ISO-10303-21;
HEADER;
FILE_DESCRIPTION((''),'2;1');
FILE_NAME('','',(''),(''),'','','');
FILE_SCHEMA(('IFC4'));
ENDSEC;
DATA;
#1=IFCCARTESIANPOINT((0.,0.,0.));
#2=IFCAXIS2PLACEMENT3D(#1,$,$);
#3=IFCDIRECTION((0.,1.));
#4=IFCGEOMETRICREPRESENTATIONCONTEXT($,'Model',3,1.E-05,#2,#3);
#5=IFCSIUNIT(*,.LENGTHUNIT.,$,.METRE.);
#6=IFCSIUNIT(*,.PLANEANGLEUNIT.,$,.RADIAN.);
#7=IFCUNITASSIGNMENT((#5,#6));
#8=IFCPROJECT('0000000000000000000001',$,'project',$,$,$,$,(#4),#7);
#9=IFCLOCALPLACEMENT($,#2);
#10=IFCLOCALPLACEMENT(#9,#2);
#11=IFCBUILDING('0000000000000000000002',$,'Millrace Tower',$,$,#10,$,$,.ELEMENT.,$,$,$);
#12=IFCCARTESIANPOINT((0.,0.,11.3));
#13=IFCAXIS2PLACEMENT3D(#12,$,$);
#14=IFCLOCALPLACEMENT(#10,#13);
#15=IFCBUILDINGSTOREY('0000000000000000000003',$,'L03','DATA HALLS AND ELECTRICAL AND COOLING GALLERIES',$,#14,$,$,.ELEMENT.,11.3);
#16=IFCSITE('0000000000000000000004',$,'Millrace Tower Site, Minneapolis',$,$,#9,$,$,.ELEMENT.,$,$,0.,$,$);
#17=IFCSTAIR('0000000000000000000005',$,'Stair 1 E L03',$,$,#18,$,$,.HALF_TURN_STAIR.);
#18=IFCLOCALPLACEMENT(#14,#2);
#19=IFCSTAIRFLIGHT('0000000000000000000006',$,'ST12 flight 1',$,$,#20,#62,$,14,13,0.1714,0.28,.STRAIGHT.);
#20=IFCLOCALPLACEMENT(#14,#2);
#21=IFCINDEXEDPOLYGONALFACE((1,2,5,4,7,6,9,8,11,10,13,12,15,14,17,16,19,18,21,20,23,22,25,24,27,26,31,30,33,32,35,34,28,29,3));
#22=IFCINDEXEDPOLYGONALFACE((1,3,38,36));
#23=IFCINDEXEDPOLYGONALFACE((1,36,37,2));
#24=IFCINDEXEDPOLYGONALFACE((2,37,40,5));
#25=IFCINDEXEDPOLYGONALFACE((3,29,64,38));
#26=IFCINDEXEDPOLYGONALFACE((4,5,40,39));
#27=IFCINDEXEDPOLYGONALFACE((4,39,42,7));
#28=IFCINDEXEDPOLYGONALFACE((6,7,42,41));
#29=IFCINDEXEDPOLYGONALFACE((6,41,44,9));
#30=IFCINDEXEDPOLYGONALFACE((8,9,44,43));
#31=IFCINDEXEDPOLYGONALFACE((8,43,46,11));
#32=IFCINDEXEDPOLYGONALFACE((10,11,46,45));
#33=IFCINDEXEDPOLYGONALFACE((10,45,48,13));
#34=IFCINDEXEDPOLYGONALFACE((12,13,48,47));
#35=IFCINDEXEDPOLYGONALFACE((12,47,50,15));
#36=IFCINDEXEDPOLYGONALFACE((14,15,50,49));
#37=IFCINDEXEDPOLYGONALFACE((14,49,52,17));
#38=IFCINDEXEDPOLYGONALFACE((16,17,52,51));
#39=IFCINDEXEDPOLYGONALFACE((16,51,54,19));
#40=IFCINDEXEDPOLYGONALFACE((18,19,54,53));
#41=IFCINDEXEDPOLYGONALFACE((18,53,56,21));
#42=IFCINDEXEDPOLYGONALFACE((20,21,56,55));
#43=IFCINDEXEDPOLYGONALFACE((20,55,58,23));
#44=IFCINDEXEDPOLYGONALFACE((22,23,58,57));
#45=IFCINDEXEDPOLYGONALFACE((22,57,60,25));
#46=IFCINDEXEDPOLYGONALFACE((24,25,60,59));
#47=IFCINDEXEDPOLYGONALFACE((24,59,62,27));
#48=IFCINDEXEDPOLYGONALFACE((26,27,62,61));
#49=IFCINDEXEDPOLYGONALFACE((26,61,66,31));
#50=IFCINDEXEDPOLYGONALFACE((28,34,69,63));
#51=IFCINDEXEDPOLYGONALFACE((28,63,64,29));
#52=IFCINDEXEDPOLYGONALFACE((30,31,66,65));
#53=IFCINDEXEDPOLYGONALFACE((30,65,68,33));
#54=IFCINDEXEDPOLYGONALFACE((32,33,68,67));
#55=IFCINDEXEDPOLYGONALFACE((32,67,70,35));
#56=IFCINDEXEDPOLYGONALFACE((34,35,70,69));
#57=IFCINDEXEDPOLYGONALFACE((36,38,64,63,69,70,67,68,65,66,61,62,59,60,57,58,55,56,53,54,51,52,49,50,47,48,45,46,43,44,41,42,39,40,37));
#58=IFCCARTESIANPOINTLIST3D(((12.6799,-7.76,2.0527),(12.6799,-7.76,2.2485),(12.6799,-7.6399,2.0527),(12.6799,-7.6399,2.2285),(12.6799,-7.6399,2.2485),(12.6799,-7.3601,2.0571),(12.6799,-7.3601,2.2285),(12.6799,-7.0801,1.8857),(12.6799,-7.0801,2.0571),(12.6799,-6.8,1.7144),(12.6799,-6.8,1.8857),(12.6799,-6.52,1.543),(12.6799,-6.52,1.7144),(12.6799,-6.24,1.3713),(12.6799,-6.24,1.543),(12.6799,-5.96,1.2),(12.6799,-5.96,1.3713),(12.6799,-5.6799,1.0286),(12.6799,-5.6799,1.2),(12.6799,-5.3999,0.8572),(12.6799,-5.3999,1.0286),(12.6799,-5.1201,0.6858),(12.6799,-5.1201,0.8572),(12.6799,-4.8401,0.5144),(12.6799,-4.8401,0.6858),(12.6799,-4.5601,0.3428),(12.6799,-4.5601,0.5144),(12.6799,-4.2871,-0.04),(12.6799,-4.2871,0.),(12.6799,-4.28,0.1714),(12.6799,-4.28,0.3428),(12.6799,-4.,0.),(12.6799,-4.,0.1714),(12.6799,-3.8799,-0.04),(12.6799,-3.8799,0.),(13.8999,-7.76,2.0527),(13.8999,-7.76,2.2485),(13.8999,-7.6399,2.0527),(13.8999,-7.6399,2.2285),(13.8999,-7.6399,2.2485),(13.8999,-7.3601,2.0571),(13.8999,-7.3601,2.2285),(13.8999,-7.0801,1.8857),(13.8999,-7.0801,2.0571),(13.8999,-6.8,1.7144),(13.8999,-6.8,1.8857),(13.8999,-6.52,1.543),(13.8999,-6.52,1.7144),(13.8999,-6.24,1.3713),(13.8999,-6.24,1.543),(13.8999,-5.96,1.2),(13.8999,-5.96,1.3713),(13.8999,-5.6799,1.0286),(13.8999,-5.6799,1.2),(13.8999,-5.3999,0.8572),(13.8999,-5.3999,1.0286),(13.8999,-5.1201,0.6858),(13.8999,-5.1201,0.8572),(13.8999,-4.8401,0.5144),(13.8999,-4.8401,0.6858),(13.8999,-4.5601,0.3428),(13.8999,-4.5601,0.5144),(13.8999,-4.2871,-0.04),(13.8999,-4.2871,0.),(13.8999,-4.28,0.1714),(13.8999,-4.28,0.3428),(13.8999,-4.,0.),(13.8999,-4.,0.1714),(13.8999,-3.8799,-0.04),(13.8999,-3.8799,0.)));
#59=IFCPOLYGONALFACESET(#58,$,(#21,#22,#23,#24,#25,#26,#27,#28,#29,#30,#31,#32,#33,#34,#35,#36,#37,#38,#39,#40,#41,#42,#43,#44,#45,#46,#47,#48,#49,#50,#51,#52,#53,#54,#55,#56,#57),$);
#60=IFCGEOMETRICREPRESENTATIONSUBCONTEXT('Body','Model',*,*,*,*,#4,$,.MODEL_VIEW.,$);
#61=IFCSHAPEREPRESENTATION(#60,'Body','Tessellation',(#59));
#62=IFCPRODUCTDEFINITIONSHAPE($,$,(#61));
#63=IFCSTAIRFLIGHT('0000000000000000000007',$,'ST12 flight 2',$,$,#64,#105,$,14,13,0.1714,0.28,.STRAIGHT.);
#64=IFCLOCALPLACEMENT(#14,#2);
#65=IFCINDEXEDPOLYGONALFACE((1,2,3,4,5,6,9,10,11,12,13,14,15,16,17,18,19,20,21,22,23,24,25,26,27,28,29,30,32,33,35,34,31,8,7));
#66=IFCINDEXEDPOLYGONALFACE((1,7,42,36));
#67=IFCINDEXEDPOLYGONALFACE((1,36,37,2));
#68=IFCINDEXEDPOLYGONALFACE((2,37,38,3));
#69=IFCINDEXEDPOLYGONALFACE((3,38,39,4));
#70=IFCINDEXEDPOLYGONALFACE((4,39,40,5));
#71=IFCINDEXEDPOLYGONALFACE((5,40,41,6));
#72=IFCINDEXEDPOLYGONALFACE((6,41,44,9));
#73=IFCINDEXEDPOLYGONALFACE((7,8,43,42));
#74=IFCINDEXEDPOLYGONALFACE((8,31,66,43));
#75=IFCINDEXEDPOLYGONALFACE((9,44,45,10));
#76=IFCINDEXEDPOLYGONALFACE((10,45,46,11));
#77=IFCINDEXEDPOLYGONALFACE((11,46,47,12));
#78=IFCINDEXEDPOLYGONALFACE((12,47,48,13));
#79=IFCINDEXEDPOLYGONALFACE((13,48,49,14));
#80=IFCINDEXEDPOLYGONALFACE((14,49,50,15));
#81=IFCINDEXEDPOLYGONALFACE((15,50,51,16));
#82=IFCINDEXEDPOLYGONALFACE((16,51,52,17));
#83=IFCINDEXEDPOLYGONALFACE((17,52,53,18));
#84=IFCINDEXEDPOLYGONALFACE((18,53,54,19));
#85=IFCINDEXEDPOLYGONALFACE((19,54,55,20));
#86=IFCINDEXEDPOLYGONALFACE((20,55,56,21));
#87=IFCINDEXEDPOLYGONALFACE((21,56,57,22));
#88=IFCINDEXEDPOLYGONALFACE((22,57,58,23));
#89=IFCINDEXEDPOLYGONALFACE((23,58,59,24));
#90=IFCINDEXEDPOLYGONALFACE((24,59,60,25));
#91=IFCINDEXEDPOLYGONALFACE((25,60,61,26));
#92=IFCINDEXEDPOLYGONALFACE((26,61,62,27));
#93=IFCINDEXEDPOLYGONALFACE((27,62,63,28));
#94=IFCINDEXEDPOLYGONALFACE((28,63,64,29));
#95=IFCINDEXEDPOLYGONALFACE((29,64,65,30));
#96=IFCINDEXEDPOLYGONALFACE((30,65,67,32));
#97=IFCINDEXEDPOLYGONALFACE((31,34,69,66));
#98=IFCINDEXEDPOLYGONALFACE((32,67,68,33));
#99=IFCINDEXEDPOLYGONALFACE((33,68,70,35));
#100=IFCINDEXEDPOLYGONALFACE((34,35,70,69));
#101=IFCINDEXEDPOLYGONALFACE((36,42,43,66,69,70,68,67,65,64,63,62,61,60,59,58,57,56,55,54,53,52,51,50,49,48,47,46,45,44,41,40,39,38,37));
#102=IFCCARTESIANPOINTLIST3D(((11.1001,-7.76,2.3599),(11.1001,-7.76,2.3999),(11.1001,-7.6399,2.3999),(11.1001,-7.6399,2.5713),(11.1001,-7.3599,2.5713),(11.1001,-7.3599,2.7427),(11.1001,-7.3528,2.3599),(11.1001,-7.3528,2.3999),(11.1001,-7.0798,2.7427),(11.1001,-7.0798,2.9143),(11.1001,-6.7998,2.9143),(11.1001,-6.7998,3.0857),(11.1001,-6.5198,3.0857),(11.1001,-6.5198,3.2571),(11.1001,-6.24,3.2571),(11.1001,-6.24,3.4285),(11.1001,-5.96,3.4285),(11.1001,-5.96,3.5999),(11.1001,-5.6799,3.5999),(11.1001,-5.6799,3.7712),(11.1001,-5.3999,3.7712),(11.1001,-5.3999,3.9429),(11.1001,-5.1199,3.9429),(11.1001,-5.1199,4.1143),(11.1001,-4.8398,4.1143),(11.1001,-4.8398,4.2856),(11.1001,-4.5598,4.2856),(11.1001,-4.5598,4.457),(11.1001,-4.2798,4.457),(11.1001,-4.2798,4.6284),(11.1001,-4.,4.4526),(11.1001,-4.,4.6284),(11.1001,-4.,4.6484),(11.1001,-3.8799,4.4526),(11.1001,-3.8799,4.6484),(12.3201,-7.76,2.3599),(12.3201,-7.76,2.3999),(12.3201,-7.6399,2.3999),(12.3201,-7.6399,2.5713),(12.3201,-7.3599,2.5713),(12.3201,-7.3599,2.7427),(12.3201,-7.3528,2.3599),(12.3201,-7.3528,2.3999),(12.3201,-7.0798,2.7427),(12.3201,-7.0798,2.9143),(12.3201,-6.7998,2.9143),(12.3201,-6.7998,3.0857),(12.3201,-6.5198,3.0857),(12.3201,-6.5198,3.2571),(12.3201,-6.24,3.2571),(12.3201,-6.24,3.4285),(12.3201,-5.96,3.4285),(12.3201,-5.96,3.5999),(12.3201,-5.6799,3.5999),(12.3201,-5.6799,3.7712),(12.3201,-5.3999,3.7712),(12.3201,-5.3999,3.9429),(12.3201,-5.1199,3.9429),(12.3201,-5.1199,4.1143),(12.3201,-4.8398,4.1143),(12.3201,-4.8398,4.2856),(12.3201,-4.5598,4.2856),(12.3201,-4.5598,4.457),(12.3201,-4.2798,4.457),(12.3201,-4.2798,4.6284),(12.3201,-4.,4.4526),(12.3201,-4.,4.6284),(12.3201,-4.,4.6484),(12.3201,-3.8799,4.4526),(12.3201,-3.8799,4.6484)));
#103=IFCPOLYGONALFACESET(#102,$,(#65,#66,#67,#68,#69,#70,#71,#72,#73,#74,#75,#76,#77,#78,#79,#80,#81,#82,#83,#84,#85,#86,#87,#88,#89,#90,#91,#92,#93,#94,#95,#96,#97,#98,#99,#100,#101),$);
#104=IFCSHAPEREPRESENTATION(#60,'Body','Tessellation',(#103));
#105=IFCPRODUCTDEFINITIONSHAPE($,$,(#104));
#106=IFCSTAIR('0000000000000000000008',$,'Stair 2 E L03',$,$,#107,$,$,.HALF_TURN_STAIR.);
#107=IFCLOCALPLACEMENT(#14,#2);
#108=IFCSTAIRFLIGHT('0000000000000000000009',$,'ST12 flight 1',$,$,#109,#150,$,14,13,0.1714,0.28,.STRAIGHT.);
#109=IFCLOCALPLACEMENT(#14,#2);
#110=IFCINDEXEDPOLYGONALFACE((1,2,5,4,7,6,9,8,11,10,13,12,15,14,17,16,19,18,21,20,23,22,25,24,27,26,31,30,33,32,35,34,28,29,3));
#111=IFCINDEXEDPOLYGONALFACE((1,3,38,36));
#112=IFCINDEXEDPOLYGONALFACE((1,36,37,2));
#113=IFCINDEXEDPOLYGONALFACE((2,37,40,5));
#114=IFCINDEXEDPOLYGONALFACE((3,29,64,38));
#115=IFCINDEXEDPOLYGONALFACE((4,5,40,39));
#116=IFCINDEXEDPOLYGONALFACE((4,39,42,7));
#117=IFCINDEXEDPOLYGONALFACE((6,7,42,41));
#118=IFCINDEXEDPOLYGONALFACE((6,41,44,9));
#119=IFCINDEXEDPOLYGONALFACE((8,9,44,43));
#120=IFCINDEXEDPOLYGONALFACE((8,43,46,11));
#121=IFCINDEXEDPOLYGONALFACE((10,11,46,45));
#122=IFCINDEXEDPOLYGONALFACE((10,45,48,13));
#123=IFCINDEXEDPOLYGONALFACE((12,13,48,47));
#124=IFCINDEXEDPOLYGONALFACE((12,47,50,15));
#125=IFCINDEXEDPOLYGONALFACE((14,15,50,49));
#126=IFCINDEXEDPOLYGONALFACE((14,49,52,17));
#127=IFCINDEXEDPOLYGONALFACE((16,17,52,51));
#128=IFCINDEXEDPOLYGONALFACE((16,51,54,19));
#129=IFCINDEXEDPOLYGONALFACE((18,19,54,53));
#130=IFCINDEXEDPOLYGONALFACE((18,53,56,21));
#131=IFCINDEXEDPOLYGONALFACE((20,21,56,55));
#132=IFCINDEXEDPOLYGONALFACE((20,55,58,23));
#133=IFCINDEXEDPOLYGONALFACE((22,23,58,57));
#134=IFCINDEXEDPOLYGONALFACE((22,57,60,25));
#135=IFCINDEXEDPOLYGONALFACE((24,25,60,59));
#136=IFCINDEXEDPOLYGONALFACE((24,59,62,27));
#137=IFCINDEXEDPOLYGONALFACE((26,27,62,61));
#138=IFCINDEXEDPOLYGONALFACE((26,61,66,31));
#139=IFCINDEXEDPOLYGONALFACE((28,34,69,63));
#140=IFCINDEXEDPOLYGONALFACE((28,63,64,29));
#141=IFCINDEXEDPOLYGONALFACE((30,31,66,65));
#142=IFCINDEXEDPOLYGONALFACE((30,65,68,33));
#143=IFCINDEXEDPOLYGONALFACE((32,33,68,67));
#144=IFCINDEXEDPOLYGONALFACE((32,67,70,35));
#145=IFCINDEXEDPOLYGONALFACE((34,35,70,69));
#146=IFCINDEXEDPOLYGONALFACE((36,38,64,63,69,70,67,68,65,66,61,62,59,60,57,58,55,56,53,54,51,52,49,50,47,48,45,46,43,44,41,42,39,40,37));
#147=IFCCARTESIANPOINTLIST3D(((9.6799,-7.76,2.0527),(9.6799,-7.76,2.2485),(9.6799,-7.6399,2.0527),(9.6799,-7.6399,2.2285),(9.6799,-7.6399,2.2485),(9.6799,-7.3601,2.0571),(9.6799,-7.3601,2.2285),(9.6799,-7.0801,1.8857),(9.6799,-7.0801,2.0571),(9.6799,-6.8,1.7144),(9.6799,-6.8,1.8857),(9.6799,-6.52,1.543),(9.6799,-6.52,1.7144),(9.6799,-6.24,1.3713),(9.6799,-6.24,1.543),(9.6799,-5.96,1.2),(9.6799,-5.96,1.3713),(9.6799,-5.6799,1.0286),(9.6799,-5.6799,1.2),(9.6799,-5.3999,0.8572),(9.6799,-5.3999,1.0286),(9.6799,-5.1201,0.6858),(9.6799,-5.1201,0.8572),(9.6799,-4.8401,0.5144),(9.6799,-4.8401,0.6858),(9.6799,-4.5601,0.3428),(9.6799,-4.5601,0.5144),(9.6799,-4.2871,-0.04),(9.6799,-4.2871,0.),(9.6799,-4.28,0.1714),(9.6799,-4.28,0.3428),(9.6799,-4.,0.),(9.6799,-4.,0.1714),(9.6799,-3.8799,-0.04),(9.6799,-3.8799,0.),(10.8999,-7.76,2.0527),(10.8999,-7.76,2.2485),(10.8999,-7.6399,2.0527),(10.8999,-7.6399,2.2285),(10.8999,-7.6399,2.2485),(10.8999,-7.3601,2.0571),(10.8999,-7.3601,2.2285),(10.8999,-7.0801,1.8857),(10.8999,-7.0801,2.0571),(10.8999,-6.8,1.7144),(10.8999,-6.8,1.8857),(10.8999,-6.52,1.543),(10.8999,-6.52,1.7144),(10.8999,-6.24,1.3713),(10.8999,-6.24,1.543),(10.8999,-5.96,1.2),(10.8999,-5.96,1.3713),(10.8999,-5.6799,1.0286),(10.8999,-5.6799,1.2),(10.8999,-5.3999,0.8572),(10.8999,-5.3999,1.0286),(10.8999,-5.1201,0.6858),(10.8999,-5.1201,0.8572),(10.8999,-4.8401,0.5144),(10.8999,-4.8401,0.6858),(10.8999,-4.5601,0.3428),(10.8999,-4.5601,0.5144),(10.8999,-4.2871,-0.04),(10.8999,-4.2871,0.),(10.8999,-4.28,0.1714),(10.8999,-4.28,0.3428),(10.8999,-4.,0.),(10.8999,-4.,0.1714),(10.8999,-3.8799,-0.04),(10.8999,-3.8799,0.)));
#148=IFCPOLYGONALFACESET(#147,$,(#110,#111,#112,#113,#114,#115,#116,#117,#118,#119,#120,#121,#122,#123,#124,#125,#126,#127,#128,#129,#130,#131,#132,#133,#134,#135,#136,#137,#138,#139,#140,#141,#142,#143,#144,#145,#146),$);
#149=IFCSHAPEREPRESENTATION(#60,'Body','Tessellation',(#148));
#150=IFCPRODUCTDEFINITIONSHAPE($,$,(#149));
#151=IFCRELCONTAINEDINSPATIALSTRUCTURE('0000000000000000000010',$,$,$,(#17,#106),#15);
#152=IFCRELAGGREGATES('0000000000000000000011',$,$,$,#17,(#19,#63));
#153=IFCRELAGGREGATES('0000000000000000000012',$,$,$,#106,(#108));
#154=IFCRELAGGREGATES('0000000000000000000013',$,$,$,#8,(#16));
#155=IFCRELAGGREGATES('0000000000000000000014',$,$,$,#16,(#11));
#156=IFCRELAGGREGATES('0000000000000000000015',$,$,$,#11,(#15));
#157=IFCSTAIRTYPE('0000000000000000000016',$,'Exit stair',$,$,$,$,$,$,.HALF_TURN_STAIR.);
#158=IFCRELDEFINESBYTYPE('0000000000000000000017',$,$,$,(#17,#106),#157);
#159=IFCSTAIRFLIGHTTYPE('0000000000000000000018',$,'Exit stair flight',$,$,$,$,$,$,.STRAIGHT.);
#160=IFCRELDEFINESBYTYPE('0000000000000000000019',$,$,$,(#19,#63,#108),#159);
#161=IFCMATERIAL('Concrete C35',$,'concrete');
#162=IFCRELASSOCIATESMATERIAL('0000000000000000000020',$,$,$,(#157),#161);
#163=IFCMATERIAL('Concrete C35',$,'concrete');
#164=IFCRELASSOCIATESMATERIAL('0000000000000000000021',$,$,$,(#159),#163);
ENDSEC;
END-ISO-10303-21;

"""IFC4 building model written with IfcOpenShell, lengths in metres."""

from ifc_helpers import new_model, si_unit, direction, frame, origin, place, context, subcontext, project, spatial, polyline, outline, extrude, material, type_object, element, aggregate, save


model = new_model("IFC4")

# Units and contexts
model_context = context("Model", 3, precision=1e-05, world=origin(), true_north=direction((0.0, 1.0)))
body_context = subcontext(model_context, "Body", "Model", "MODEL_VIEW")
ifc_project = project(units=[si_unit("LENGTHUNIT", "METRE"), si_unit("PLANEANGLEUNIT", "RADIAN")], contexts=[model_context])

# Site, building, storey
site_placement = place(None, origin())
site = spatial("IfcSite", under=ifc_project, at=site_placement, Name="Millrace Tower Site, Minneapolis", CompositionType="ELEMENT", RefElevation=0.0)
building_placement = place(site_placement, origin())
building = spatial("IfcBuilding", under=site, at=building_placement, Name="Millrace Tower", CompositionType="ELEMENT")
storey_placement = place(building_placement, frame((0.0, 0.0, 11.3)))
storey = spatial("IfcBuildingStorey", under=building, at=storey_placement, Name="L03", Description="DATA HALLS AND ELECTRICAL AND COOLING GALLERIES", CompositionType="ELEMENT", Elevation=11.3)

# Shared definitions
placement = place(storey_placement, origin())

# Stairs, stair flights
ifc_material_1 = material(Name="Concrete C35", Category="concrete")
stair_type = type_object("IfcStairType", Name="Exit stair", PredefinedType="HALF_TURN_STAIR", material=ifc_material_1)
stair_1 = element("IfcStair", 1, at=placement, inside=storey, type_object=stair_type, Name="Stair 1 E L03", PredefinedType="HALF_TURN_STAIR")
ifc_material_2 = material(Name="Concrete C35", Category="concrete")
stair_flight_type = type_object("IfcStairFlightType", Name="Exit stair flight", PredefinedType="STRAIGHT", material=ifc_material_2)
stair_flight_1_placement = place(storey_placement, frame((13.29, -4.0, 0.0), z_axis=(0.0, 0.0, 1.0), x_axis=(0.0, -1.0, 0.0)))
stair_flight_1 = element("IfcStairFlight", 2, at=stair_flight_1_placement, type_object=stair_flight_type, Name="ST12 flight 1", NumberOfRisers=14, NumberOfTreads=13, PredefinedType="STRAIGHT", RiserHeight=0.1714, TreadLength=0.28, context=body_context, shape_type="SweptSolid", body=[
    extrude(outline(polyline([(-0.1201, -0.04), (-0.1201, 0.0), (0.0, 0.0), (0.0, 0.1714), (0.28, 0.1714), (0.28, 0.3428), (0.5601, 0.3428), (0.5601, 0.5144), (0.8401, 0.5144), (0.8401, 0.6858), (1.1201, 0.6858), (1.1201, 0.8572), (1.3999, 0.8572), (1.3999, 1.0286), (1.6799, 1.0286), (1.6799, 1.2), (1.96, 1.2), (1.96, 1.3713), (2.24, 1.3713), (2.24, 1.543), (2.52, 1.543), (2.52, 1.7144), (2.8, 1.7144), (2.8, 1.8857), (3.0801, 1.8857), (3.0801, 2.0571), (3.3601, 2.0571), (3.3601, 2.2285), (3.6399, 2.2285), (3.6399, 2.2485), (3.76, 2.2485), (3.76, 2.0527), (3.6399, 2.0527), (0.2871, 0.0), (0.2871, -0.04), (-0.1201, -0.04)])), frame((0.0, 0.6099, 0.0), z_axis=(0.0, -1.0, 0.0), x_axis=(1.0, 0.0, 0.0)), (0.0, 0.0, 1.0), 1.22),
])
stair_flight_2_placement = place(storey_placement, frame((11.71, -7.6399, 2.3999), z_axis=(0.0, 0.0, 1.0), x_axis=(0.0, 1.0, 0.0)))
stair_flight_2 = element("IfcStairFlight", 3, at=stair_flight_2_placement, type_object=stair_flight_type, Name="ST12 flight 2", NumberOfRisers=14, NumberOfTreads=13, PredefinedType="STRAIGHT", RiserHeight=0.1714, TreadLength=0.28, context=body_context, shape_type="SweptSolid", body=[
    extrude(outline(polyline([(-0.1201, -0.04), (-0.1201, 0.0), (0.0, 0.0), (0.0, 0.1714), (0.28, 0.1714), (0.28, 0.3428), (0.5601, 0.3428), (0.5601, 0.5144), (0.8401, 0.5144), (0.8401, 0.6858), (1.1201, 0.6858), (1.1201, 0.8572), (1.3999, 0.8572), (1.3999, 1.0286), (1.6799, 1.0286), (1.6799, 1.2), (1.96, 1.2), (1.96, 1.3713), (2.24, 1.3713), (2.24, 1.543), (2.52, 1.543), (2.52, 1.7144), (2.8, 1.7144), (2.8, 1.8857), (3.0801, 1.8857), (3.0801, 2.0571), (3.3601, 2.0571), (3.3601, 2.2285), (3.6399, 2.2285), (3.6399, 2.2485), (3.76, 2.2485), (3.76, 2.0527), (3.6399, 2.0527), (0.2871, 0.0), (0.2871, -0.04), (-0.1201, -0.04)])), frame((0.0, 0.6099, 0.0), z_axis=(0.0, -1.0, 0.0), x_axis=(1.0, 0.0, 0.0)), (0.0, 0.0, 1.0), 1.22),
])
aggregate(stair_1, [stair_flight_1, stair_flight_2])
stair_2 = element("IfcStair", 4, at=placement, inside=storey, type_object=stair_type, Name="Stair 2 E L03", PredefinedType="HALF_TURN_STAIR")
stair_flight_3_placement = place(storey_placement, frame((10.29, -4.0, 0.0), z_axis=(0.0, 0.0, 1.0), x_axis=(0.0, -1.0, 0.0)))
stair_flight_3 = element("IfcStairFlight", 5, at=stair_flight_3_placement, type_object=stair_flight_type, Name="ST12 flight 1", NumberOfRisers=14, NumberOfTreads=13, PredefinedType="STRAIGHT", RiserHeight=0.1714, TreadLength=0.28, context=body_context, shape_type="SweptSolid", body=[
    extrude(outline(polyline([(-0.1201, -0.04), (-0.1201, 0.0), (0.0, 0.0), (0.0, 0.1714), (0.28, 0.1714), (0.28, 0.3428), (0.5601, 0.3428), (0.5601, 0.5144), (0.8401, 0.5144), (0.8401, 0.6858), (1.1201, 0.6858), (1.1201, 0.8572), (1.3999, 0.8572), (1.3999, 1.0286), (1.6799, 1.0286), (1.6799, 1.2), (1.96, 1.2), (1.96, 1.3713), (2.24, 1.3713), (2.24, 1.543), (2.52, 1.543), (2.52, 1.7144), (2.8, 1.7144), (2.8, 1.8857), (3.0801, 1.8857), (3.0801, 2.0571), (3.3601, 2.0571), (3.3601, 2.2285), (3.6399, 2.2285), (3.6399, 2.2485), (3.76, 2.2485), (3.76, 2.0527), (3.6399, 2.0527), (0.2871, 0.0), (0.2871, -0.04), (-0.1201, -0.04)])), frame((0.0, 0.6099, 0.0), z_axis=(0.0, -1.0, 0.0), x_axis=(1.0, 0.0, 0.0)), (0.0, 0.0, 1.0), 1.22),
])
aggregate(stair_2, [stair_flight_3])

save(model, "model.ifc")
